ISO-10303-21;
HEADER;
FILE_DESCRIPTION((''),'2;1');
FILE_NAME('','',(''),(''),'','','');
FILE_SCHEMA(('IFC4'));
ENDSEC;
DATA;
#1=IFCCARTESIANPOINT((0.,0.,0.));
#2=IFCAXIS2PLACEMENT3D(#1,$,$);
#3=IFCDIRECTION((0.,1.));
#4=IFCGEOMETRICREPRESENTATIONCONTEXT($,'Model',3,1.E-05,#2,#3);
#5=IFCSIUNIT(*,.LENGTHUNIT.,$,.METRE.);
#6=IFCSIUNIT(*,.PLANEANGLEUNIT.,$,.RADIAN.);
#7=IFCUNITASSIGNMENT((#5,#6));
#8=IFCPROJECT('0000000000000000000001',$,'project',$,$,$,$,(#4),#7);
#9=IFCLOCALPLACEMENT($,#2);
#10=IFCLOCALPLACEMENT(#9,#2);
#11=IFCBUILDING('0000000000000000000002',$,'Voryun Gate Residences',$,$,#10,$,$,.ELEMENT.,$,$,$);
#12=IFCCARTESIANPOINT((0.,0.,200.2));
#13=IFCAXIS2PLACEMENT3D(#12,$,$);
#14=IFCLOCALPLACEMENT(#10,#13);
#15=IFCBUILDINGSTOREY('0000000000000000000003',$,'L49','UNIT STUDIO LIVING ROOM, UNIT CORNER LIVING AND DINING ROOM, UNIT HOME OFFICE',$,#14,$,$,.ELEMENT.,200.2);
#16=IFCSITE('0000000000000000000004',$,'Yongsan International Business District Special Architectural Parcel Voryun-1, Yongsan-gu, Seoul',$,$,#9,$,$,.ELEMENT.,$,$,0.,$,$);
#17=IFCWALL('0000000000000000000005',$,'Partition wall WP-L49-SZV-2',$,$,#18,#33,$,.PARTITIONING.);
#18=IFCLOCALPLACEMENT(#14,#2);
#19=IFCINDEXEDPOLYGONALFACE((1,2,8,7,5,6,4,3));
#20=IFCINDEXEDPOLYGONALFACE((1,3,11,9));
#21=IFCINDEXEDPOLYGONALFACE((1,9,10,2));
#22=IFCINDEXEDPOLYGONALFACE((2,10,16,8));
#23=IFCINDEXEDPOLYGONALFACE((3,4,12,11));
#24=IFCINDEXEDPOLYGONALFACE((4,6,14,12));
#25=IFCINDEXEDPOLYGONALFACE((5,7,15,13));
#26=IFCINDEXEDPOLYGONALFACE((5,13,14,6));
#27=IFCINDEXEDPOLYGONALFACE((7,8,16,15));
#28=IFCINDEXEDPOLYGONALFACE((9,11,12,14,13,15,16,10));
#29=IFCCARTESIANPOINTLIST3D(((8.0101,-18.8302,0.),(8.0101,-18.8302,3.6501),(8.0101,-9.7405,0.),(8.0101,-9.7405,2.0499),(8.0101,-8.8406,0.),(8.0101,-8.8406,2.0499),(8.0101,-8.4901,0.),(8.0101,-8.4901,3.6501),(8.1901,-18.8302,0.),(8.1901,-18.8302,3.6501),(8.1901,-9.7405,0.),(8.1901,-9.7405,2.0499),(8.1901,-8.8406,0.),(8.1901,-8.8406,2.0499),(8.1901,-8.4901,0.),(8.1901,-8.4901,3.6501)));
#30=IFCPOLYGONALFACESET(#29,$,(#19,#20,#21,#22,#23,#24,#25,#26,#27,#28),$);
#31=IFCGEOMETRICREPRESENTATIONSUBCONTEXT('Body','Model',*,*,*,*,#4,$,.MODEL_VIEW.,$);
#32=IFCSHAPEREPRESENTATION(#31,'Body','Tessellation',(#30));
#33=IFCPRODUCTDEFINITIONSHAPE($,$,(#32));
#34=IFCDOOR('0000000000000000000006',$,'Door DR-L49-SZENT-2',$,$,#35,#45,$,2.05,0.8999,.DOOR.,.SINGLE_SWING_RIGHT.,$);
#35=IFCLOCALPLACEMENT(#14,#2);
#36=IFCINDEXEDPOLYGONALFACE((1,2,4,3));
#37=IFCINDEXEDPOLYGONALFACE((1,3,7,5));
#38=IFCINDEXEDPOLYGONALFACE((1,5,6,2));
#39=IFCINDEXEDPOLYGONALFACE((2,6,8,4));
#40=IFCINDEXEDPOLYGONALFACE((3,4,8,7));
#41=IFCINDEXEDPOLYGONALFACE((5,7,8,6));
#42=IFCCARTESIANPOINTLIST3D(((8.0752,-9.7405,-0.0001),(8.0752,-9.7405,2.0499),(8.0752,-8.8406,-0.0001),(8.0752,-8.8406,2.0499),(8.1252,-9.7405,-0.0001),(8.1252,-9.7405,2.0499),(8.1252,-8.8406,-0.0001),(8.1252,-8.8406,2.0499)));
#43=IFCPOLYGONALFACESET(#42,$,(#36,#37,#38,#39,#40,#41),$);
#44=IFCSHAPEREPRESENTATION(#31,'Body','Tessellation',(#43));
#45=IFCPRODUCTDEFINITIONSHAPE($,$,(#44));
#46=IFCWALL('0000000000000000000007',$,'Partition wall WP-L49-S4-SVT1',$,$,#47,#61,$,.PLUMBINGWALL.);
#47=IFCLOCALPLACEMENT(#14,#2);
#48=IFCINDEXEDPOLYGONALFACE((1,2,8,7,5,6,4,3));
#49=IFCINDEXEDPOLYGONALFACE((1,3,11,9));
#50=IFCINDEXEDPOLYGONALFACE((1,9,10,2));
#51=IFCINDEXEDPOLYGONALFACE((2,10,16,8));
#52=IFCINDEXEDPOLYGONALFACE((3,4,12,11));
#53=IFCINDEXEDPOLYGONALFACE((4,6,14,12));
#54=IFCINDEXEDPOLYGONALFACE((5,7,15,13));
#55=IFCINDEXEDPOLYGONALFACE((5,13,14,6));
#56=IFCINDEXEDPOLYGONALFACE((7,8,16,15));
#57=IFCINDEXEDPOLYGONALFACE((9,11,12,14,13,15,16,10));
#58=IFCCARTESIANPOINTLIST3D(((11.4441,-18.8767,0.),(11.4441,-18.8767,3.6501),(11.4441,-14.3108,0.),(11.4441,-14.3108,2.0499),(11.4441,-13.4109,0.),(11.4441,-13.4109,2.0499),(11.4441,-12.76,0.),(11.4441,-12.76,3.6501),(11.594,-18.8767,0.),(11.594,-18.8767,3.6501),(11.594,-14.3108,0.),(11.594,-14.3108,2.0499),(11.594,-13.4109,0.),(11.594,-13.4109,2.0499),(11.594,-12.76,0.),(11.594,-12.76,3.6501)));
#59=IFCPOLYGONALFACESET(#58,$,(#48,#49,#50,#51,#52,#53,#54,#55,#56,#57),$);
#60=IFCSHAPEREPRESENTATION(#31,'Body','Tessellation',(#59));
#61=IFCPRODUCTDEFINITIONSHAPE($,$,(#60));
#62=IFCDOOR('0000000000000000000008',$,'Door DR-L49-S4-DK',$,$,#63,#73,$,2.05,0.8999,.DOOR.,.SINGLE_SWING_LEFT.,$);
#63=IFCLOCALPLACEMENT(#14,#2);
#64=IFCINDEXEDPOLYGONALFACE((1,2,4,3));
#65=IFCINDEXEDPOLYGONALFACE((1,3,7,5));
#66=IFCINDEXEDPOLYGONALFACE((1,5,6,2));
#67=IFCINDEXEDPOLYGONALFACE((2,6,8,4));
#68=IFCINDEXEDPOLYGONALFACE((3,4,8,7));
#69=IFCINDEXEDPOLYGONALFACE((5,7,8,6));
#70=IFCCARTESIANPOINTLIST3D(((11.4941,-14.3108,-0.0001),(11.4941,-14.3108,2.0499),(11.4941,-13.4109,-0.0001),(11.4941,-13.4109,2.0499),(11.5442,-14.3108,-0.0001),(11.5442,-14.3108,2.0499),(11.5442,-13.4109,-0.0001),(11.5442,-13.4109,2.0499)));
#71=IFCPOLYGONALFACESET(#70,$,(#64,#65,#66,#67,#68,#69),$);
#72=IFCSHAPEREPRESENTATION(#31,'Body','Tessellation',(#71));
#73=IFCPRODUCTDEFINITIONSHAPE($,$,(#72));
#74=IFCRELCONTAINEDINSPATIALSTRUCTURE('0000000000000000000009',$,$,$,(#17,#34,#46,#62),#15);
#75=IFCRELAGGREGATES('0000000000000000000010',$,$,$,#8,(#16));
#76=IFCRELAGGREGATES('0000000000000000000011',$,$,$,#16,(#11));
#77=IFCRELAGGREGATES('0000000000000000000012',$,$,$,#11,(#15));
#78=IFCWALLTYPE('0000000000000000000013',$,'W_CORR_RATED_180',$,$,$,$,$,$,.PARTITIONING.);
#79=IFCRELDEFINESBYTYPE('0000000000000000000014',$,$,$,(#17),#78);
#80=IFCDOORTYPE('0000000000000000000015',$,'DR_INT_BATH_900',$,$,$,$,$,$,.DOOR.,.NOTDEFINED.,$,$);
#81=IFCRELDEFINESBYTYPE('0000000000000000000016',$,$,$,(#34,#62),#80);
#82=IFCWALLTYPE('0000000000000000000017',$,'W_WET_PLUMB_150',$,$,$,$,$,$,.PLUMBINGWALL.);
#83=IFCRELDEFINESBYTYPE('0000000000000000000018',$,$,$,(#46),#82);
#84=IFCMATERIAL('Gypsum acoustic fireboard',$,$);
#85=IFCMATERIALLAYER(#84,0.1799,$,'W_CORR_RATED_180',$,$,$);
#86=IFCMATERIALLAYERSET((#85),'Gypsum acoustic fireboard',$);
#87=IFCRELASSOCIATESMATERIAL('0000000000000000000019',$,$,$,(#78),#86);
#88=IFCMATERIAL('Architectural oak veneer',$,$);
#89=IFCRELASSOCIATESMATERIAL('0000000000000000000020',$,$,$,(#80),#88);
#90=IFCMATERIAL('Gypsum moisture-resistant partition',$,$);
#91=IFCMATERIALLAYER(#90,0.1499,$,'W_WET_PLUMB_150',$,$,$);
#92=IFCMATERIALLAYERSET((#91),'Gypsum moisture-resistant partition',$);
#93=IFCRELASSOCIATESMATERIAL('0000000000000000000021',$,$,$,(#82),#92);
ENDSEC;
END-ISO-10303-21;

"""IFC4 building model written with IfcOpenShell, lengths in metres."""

from ifc_helpers import new_model, si_unit, direction, frame, frame_2d, origin, place, context, subcontext, project, spatial, rectangle, extrude, material, layer, layer_set, type_object, element, fill, save


model = new_model("IFC4")

# Units and contexts
model_context = context("Model", 3, precision=1e-05, world=origin(), true_north=direction((0.0, 1.0)))
body_context = subcontext(model_context, "Body", "Model", "MODEL_VIEW")
ifc_project = project(units=[si_unit("LENGTHUNIT", "METRE"), si_unit("PLANEANGLEUNIT", "RADIAN")], contexts=[model_context])

# Site, building, storey
site_placement = place(None, origin())
site = spatial("IfcSite", under=ifc_project, at=site_placement, Name="Yongsan International Business District Special Architectural Parcel Voryun-1, Yongsan-gu, Seoul", CompositionType="ELEMENT", RefElevation=0.0)
building_placement = place(site_placement, origin())
building = spatial("IfcBuilding", under=site, at=building_placement, Name="Voryun Gate Residences", CompositionType="ELEMENT")
storey_placement = place(building_placement, frame((0.0, 0.0, 200.2)))
storey = spatial("IfcBuildingStorey", under=building, at=storey_placement, Name="L49", Description="UNIT STUDIO LIVING ROOM, UNIT CORNER LIVING AND DINING ROOM, UNIT HOME OFFICE", CompositionType="ELEMENT", Elevation=200.2)

# Walls, openings, doors
ifc_material_1 = material(Name="Gypsum acoustic fireboard")
ifc_layer_1 = layer(ifc_material_1, 0.1799, Name="W_CORR_RATED_180")
ifc_layer_set_1 = layer_set([ifc_layer_1], Name="Gypsum acoustic fireboard")
wall_type_1 = type_object("IfcWallType", Name="W_CORR_RATED_180", PredefinedType="PARTITIONING", material=ifc_layer_set_1)
wall_1_placement = place(storey_placement, frame((8.1001, -18.8301, 0.0), z_axis=(0.0, 0.0, 1.0), x_axis=(0.0, 1.0, 0.0)))
wall_1 = element("IfcWall", 1, at=wall_1_placement, inside=storey, type_object=wall_type_1, Name="Partition wall WP-L49-SZV-2", PredefinedType="PARTITIONING", context=body_context, shape_type="SweptSolid", body=[
    extrude(rectangle(XDim=10.3401, YDim=0.1799, at=frame_2d((5.1699, 0.0))), origin(), (0.0, 0.0, 1.0), 3.6501),
])
opening_1_placement = place(wall_1_placement, frame((9.0896, 0.0, 0.0)))
opening_1 = element("IfcOpeningElement", 2, at=opening_1_placement, cuts=wall_1, PredefinedType="OPENING", context=body_context, shape_type="SweptSolid", body=[
    extrude(rectangle(XDim=0.8999, YDim=2.05, at=frame_2d((0.45, 1.0249))), frame((0.0, 0.0999, 0.0), z_axis=(0.0, -1.0, 0.0), x_axis=(1.0, 0.0, 0.0)), (0.0, 0.0, 1.0), 0.2),
])
ifc_material_2 = material(Name="Architectural oak veneer")
door_type = type_object("IfcDoorType", Name="DR_INT_BATH_900", OperationType="NOTDEFINED", PredefinedType="DOOR", material=ifc_material_2)
door_1_placement = place(opening_1_placement, origin())
door_1 = element("IfcDoor", 3, at=door_1_placement, inside=storey, type_object=door_type, Name="Door DR-L49-SZENT-2", OperationType="SINGLE_SWING_RIGHT", OverallHeight=2.05, OverallWidth=0.8999, PredefinedType="DOOR", context=body_context, shape_type="SweptSolid", body=[
    extrude(rectangle(XDim=0.8999, YDim=2.05, at=frame_2d((0.45, 1.0249))), frame((0.0, 0.0249, 0.0), z_axis=(0.0, -1.0, 0.0), x_axis=(1.0, 0.0, 0.0)), (0.0, 0.0, 1.0), 0.05),
])
fill(opening_1, door_1)
ifc_material_3 = material(Name="Gypsum moisture-resistant partition")
ifc_layer_2 = layer(ifc_material_3, 0.1499, Name="W_WET_PLUMB_150")
ifc_layer_set_2 = layer_set([ifc_layer_2], Name="Gypsum moisture-resistant partition")
wall_type_2 = type_object("IfcWallType", Name="W_WET_PLUMB_150", PredefinedType="PLUMBINGWALL", material=ifc_layer_set_2)
wall_2_placement = place(storey_placement, frame((11.519, -18.8767, 0.0), z_axis=(0.0, 0.0, 1.0), x_axis=(0.0, 1.0, 0.0)))
wall_2 = element("IfcWall", 4, at=wall_2_placement, inside=storey, type_object=wall_type_2, Name="Partition wall WP-L49-S4-SVT1", PredefinedType="PLUMBINGWALL", context=body_context, shape_type="SweptSolid", body=[
    extrude(rectangle(XDim=6.1167, YDim=0.1499, at=frame_2d((3.0583, 0.0))), origin(), (0.0, 0.0, 1.0), 3.6501),
])
opening_2_placement = place(wall_2_placement, frame((4.5659, 0.0, 0.0)))
opening_2 = element("IfcOpeningElement", 5, at=opening_2_placement, cuts=wall_2, PredefinedType="OPENING", context=body_context, shape_type="SweptSolid", body=[
    extrude(rectangle(XDim=0.8999, YDim=2.05, at=frame_2d((0.45, 1.0249))), frame((0.0, 0.085, 0.0), z_axis=(0.0, -1.0, 0.0), x_axis=(1.0, 0.0, 0.0)), (0.0, 0.0, 1.0), 0.1699),
])
door_2_placement = place(opening_2_placement, origin())
door_2 = element("IfcDoor", 6, at=door_2_placement, inside=storey, type_object=door_type, Name="Door DR-L49-S4-DK", OperationType="SINGLE_SWING_LEFT", OverallHeight=2.05, OverallWidth=0.8999, PredefinedType="DOOR", context=body_context, shape_type="SweptSolid", body=[
    extrude(rectangle(XDim=0.8999, YDim=2.05, at=frame_2d((0.45, 1.0249))), frame((0.0, 0.0249, 0.0), z_axis=(0.0, -1.0, 0.0), x_axis=(1.0, 0.0, 0.0)), (0.0, 0.0, 1.0), 0.05),
])
fill(opening_2, door_2)

save(model, "model.ifc")
